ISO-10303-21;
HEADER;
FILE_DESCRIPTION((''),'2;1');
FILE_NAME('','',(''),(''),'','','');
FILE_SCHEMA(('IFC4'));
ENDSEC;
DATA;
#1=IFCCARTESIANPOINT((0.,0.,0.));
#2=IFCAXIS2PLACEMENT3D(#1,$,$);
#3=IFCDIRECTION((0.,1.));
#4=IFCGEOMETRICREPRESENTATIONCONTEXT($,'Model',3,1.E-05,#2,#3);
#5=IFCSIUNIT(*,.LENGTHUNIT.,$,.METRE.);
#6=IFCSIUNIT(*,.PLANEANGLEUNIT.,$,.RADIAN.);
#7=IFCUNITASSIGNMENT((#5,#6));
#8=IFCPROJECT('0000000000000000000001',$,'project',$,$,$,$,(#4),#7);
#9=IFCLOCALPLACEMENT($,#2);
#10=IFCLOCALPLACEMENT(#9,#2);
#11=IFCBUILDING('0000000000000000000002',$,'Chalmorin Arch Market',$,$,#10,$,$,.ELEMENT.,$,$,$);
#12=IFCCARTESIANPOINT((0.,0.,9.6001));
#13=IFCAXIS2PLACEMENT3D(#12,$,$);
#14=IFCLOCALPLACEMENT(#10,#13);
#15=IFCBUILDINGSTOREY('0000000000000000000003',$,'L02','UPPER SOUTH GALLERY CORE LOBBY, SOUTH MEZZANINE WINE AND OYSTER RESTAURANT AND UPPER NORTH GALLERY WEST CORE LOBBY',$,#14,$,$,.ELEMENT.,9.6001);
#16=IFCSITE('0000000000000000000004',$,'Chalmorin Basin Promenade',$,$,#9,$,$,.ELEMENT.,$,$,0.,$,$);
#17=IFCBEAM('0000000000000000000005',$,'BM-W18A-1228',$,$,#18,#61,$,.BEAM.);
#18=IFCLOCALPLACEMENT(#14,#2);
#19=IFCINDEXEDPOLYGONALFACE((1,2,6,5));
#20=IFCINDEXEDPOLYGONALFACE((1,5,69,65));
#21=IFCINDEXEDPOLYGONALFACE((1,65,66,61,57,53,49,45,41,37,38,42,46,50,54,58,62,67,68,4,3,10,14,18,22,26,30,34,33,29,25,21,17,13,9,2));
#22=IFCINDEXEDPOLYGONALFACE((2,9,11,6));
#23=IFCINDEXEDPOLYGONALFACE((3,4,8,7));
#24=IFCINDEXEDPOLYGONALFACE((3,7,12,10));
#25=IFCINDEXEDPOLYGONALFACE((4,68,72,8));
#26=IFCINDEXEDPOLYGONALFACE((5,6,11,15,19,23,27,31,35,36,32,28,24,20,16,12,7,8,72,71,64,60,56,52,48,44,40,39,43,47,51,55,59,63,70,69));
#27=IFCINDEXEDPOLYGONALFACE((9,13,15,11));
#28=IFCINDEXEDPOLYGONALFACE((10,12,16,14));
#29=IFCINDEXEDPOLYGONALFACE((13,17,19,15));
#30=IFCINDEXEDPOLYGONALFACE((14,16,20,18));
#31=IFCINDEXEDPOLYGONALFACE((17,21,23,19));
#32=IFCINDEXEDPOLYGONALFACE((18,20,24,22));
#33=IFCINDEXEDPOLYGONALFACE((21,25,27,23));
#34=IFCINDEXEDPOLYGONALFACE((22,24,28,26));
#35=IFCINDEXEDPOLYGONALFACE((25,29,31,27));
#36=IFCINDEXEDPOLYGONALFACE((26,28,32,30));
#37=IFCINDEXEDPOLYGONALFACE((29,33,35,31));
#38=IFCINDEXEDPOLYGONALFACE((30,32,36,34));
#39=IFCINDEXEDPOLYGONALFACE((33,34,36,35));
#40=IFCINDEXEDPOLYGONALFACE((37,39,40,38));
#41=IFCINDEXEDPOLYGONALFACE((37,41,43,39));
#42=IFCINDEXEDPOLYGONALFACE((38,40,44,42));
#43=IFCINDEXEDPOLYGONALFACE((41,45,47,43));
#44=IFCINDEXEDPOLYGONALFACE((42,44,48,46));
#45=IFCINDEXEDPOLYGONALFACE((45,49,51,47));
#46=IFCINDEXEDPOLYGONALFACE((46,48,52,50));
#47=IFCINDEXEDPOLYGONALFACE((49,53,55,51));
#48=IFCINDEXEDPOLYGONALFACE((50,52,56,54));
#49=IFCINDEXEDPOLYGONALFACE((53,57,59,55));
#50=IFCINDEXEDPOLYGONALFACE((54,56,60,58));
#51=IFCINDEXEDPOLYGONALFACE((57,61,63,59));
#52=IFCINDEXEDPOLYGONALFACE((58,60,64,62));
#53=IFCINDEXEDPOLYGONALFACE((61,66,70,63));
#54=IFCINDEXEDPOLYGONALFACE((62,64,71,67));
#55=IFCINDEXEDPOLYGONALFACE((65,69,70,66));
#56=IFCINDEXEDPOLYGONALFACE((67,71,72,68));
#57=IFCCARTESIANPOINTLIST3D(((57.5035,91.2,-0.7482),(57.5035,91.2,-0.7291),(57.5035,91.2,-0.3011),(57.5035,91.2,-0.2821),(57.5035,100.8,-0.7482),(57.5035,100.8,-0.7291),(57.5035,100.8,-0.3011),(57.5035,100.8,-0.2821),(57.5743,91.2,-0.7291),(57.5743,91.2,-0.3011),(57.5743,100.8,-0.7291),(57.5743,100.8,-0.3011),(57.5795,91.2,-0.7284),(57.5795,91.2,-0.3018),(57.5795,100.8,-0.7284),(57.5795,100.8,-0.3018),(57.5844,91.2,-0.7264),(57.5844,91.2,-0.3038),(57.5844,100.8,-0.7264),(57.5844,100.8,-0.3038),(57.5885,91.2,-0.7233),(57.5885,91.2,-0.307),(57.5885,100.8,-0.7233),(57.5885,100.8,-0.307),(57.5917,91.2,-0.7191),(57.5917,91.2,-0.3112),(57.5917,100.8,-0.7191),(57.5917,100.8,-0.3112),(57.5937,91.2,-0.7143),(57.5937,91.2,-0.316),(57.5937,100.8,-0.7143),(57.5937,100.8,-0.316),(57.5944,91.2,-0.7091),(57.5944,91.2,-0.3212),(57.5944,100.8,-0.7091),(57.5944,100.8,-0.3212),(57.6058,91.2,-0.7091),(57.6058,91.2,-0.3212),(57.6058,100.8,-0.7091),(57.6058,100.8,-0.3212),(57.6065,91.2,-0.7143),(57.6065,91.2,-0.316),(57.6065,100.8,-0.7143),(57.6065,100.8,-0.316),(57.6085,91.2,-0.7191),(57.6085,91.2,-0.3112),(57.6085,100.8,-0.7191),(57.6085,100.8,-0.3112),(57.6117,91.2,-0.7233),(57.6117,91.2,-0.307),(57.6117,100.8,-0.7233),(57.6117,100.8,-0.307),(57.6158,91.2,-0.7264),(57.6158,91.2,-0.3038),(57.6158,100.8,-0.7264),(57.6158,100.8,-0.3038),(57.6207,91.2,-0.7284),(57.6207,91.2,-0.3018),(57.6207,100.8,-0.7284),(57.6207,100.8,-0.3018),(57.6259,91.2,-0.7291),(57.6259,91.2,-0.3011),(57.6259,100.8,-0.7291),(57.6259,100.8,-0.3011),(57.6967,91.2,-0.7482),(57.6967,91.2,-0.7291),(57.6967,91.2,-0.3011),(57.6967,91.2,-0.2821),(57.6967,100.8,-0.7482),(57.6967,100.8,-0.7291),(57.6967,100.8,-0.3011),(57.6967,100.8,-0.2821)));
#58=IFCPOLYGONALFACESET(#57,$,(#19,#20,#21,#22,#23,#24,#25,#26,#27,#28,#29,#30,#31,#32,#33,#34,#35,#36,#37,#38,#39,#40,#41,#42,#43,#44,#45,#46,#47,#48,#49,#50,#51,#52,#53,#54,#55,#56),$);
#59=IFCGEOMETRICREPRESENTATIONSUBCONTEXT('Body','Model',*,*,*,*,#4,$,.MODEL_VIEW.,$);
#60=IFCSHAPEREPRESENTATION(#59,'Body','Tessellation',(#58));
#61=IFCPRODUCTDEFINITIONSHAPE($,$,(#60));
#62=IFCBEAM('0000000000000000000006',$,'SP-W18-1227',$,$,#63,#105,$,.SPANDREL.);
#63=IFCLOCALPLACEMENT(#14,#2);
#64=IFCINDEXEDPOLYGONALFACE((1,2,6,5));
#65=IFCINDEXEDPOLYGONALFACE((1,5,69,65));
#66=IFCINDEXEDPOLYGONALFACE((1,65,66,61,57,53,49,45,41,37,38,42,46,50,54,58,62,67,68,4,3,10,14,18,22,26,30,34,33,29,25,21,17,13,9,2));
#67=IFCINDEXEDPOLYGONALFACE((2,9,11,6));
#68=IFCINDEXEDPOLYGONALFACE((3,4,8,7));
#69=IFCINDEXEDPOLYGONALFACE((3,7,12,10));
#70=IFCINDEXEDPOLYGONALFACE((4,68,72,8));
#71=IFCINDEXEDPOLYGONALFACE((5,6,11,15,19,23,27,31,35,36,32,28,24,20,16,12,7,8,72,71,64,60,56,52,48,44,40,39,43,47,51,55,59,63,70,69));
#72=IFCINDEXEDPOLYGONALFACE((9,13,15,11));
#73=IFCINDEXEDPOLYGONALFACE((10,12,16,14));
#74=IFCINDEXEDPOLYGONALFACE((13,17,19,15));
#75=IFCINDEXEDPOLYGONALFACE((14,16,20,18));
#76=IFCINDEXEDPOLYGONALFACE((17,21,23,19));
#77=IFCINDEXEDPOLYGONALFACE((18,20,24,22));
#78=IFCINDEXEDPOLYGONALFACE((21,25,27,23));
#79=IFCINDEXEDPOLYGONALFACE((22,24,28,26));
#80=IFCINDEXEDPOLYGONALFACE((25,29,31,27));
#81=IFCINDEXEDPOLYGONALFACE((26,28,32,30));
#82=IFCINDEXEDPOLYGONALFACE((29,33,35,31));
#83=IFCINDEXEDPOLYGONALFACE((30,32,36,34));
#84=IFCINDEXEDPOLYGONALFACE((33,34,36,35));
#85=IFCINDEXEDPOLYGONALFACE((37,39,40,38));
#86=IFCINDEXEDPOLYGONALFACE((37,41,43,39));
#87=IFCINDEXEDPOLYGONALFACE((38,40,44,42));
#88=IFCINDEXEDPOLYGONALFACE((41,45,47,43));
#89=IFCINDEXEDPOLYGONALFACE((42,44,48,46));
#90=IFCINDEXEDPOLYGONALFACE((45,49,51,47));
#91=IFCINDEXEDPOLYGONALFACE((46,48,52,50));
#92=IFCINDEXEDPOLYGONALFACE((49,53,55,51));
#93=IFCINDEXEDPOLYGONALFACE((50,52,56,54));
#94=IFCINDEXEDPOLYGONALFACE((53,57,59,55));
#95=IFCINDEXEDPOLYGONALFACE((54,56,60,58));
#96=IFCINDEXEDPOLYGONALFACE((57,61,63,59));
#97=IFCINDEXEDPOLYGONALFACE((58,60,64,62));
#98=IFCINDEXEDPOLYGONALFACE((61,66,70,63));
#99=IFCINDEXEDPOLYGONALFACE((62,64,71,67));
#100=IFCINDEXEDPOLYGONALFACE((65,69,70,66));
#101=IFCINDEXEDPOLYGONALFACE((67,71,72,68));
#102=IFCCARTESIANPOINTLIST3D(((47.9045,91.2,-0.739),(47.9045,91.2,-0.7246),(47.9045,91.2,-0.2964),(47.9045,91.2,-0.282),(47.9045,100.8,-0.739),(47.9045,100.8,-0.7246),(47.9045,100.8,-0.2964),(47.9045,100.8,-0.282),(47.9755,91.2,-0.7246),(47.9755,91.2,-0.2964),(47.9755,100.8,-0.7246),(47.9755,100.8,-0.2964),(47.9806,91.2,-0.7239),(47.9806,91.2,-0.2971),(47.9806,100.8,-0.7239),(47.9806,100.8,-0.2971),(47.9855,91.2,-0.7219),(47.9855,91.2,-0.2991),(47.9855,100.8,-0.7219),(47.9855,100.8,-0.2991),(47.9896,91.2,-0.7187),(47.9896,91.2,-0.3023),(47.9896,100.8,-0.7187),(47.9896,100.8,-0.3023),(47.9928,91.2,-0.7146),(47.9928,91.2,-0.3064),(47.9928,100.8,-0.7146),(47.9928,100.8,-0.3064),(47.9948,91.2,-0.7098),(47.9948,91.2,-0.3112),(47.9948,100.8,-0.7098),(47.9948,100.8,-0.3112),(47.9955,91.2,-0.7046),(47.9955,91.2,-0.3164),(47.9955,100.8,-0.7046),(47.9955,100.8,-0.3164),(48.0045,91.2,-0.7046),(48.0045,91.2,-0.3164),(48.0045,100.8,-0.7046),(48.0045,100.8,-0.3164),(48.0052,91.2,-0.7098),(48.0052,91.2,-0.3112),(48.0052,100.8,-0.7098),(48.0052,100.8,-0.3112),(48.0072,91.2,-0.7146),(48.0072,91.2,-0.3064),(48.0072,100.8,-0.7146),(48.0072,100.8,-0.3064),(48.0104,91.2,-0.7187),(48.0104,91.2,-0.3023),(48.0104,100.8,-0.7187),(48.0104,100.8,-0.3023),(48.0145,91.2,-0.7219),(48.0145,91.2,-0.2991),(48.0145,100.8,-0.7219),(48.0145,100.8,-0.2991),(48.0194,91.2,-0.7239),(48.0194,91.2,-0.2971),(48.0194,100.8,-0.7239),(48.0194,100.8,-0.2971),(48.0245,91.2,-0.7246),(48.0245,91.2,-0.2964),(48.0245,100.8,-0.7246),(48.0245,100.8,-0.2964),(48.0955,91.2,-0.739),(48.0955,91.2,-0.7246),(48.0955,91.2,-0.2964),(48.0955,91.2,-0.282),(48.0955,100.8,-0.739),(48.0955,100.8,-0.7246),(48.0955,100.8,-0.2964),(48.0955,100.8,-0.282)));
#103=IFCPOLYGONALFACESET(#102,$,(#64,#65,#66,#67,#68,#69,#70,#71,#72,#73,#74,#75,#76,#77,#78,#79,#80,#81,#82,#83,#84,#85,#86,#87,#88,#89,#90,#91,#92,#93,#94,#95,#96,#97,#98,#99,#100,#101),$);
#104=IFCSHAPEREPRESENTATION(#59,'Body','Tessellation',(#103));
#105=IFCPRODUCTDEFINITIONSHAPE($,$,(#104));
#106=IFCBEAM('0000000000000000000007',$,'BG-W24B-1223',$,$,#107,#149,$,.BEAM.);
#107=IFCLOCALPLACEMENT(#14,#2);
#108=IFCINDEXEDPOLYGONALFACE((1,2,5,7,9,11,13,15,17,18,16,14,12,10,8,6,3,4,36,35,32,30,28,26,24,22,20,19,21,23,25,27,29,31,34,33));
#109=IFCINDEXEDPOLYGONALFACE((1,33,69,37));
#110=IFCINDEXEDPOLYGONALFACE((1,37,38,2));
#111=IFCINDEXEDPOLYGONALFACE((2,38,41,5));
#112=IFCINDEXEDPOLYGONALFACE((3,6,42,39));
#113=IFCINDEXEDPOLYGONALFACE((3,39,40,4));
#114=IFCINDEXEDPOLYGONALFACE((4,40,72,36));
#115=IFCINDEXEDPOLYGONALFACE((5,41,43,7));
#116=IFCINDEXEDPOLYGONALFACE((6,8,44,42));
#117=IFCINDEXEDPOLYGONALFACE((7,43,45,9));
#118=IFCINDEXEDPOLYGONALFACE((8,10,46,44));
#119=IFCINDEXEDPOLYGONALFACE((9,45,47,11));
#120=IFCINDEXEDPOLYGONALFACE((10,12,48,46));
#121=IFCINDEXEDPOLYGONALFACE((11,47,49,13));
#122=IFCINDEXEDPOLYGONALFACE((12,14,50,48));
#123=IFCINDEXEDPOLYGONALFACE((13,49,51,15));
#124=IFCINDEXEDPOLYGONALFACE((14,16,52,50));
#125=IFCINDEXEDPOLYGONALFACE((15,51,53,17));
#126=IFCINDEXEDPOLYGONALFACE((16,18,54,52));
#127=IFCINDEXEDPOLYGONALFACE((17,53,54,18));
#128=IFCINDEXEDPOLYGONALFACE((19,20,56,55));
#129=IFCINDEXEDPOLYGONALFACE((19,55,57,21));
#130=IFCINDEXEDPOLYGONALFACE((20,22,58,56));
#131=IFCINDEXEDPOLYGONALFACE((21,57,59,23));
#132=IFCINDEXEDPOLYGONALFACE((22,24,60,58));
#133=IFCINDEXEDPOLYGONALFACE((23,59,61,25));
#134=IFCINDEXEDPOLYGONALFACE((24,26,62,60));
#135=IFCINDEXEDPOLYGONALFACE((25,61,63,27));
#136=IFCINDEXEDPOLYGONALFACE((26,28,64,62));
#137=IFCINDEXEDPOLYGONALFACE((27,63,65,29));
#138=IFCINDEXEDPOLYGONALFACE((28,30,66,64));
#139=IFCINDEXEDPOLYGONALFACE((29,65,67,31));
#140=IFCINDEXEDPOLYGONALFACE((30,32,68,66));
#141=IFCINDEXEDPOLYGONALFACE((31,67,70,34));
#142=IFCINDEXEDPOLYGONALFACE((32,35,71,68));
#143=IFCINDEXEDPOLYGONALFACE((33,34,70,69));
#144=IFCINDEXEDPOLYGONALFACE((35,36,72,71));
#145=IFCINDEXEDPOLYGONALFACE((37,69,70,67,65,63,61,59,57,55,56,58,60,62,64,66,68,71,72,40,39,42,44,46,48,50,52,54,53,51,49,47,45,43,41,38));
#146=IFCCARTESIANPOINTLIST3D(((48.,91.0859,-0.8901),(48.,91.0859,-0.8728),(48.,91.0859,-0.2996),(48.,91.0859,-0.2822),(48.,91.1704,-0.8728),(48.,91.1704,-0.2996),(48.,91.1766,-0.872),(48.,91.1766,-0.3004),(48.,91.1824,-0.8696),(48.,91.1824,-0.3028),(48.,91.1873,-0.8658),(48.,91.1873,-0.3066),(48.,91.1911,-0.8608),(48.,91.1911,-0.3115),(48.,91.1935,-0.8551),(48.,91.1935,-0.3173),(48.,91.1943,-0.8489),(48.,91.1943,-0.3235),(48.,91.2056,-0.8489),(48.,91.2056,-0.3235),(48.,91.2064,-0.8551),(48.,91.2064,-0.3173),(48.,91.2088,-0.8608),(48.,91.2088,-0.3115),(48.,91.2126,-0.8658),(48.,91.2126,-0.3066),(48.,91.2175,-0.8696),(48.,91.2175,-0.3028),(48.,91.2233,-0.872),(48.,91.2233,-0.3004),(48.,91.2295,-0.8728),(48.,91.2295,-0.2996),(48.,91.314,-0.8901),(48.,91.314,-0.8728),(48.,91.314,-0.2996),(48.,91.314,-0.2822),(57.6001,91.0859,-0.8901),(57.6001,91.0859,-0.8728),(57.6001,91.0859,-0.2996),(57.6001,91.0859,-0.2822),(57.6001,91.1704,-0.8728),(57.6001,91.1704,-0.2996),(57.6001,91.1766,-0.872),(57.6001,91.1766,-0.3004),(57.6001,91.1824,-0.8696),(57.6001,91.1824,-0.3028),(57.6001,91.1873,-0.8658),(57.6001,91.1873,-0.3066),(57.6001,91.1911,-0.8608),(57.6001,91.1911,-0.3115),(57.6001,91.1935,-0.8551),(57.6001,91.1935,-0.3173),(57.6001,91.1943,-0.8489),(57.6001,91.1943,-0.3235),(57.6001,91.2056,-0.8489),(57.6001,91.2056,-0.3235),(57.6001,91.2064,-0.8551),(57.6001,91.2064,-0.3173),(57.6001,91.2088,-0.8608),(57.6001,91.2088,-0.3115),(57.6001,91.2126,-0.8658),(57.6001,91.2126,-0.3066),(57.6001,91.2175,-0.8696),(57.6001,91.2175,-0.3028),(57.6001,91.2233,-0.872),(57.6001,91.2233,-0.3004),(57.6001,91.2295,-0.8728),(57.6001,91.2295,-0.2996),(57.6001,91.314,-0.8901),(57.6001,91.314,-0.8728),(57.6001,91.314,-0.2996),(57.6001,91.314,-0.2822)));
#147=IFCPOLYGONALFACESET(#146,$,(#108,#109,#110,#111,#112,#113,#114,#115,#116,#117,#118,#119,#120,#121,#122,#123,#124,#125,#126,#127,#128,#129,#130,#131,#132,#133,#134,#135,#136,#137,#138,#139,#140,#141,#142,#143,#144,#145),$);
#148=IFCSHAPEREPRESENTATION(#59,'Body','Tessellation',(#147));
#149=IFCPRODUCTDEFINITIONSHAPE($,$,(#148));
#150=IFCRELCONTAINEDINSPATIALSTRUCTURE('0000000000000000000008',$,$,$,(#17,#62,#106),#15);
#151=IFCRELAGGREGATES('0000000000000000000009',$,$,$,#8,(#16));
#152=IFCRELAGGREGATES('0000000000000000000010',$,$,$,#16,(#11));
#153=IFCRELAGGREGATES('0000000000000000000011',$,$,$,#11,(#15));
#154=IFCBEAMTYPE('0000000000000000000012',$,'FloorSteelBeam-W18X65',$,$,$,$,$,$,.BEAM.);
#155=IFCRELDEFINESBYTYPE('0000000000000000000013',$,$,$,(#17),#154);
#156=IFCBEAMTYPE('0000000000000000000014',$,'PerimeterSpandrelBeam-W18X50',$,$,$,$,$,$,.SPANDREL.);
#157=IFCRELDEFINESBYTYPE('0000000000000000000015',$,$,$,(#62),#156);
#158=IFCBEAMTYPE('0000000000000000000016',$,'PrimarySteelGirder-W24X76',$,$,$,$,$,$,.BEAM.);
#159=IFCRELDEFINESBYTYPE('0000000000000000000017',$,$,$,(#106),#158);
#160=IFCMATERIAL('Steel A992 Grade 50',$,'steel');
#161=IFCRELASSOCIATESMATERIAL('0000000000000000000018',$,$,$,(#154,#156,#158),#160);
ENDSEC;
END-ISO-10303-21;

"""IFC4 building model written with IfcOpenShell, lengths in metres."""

from ifc_helpers import new_model, si_unit, direction, frame, origin, origin_2d, place, context, subcontext, project, spatial, i_section, extrude, material, material_profile, profile_set, type_object, element, save


model = new_model("IFC4")

# Units and contexts
model_context = context("Model", 3, precision=1e-05, world=origin(), true_north=direction((0.0, 1.0)))
body_context = subcontext(model_context, "Body", "Model", "MODEL_VIEW")
ifc_project = project(units=[si_unit("LENGTHUNIT", "METRE"), si_unit("PLANEANGLEUNIT", "RADIAN")], contexts=[model_context])

# Site, building, storey
site_placement = place(None, origin())
site = spatial("IfcSite", under=ifc_project, at=site_placement, Name="Chalmorin Basin Promenade", CompositionType="ELEMENT", RefElevation=0.0)
building_placement = place(site_placement, origin())
building = spatial("IfcBuilding", under=site, at=building_placement, Name="Chalmorin Arch Market", CompositionType="ELEMENT")
storey_placement = place(building_placement, frame((0.0, 0.0, 9.6001)))
storey = spatial("IfcBuildingStorey", under=building, at=storey_placement, Name="L02", Description="UPPER SOUTH GALLERY CORE LOBBY, SOUTH MEZZANINE WINE AND OYSTER RESTAURANT AND UPPER NORTH GALLERY WEST CORE LOBBY", CompositionType="ELEMENT", Elevation=9.6001)

# Beams
ifc_material_1 = material(Name="Steel A992 Grade 50", Category="steel")
ifc_material_profile_1 = material_profile(ifc_material_1, i_section(OverallWidth=0.1931, OverallDepth=0.4661, WebThickness=0.0115, FlangeThickness=0.019, FilletRadius=0.02, at=origin_2d()), Name="W18X65")
ifc_profile_set_1 = profile_set([ifc_material_profile_1], Name="Steel A992 Grade 50")
beam_type_1 = type_object("IfcBeamType", Name="FloorSteelBeam-W18X65", PredefinedType="BEAM", material=ifc_profile_set_1)
beam_1_placement = place(storey_placement, frame((57.6001, 91.2, -0.5151), z_axis=(0.0, 1.0, 0.0), x_axis=(-1.0, 0.0, 0.0)))
element("IfcBeam", 1, at=beam_1_placement, inside=storey, type_object=beam_type_1, Name="BM-W18A-1228", PredefinedType="BEAM", context=body_context, shape_type="SweptSolid", body=[
    extrude(i_section(OverallWidth=0.1931, OverallDepth=0.4661, WebThickness=0.0115, FlangeThickness=0.019, FilletRadius=0.02, at=origin_2d()), origin(), (0.0, 0.0, 1.0), 9.6001),
])
ifc_material_profile_2 = material_profile(ifc_material_1, i_section(OverallWidth=0.1909, OverallDepth=0.457, WebThickness=0.009, FlangeThickness=0.0144, FilletRadius=0.02, at=origin_2d()), Name="W18X50")
ifc_profile_set_2 = profile_set([ifc_material_profile_2], Name="Steel A992 Grade 50")
beam_type_2 = type_object("IfcBeamType", Name="PerimeterSpandrelBeam-W18X50", PredefinedType="SPANDREL", material=ifc_profile_set_2)
beam_2_placement = place(storey_placement, frame((48.0, 91.2, -0.5105), z_axis=(0.0, 1.0, 0.0), x_axis=(-1.0, 0.0, 0.0)))
element("IfcBeam", 2, at=beam_2_placement, inside=storey, type_object=beam_type_2, Name="SP-W18-1227", PredefinedType="SPANDREL", context=body_context, shape_type="SweptSolid", body=[
    extrude(i_section(OverallWidth=0.1909, OverallDepth=0.457, WebThickness=0.009, FlangeThickness=0.0144, FilletRadius=0.02, at=origin_2d()), origin(), (0.0, 0.0, 1.0), 9.6001),
])
ifc_material_profile_3 = material_profile(ifc_material_1, i_section(OverallWidth=0.228, OverallDepth=0.6079, WebThickness=0.0112, FlangeThickness=0.0173, FilletRadius=0.0239, at=origin_2d()), Name="W24X76")
ifc_profile_set_3 = profile_set([ifc_material_profile_3], Name="Steel A992 Grade 50")
beam_type_3 = type_object("IfcBeamType", Name="PrimarySteelGirder-W24X76", PredefinedType="BEAM", material=ifc_profile_set_3)
beam_3_placement = place(storey_placement, frame((48.0, 91.2, -0.5862), z_axis=(1.0, 0.0, 0.0), x_axis=(0.0, 1.0, 0.0)))
element("IfcBeam", 3, at=beam_3_placement, inside=storey, type_object=beam_type_3, Name="BG-W24B-1223", PredefinedType="BEAM", context=body_context, shape_type="SweptSolid", body=[
    extrude(i_section(OverallWidth=0.228, OverallDepth=0.6079, WebThickness=0.0112, FlangeThickness=0.0173, FilletRadius=0.0239, at=origin_2d()), origin(), (0.0, 0.0, 1.0), 9.6001),
])

save(model, "model.ifc")
